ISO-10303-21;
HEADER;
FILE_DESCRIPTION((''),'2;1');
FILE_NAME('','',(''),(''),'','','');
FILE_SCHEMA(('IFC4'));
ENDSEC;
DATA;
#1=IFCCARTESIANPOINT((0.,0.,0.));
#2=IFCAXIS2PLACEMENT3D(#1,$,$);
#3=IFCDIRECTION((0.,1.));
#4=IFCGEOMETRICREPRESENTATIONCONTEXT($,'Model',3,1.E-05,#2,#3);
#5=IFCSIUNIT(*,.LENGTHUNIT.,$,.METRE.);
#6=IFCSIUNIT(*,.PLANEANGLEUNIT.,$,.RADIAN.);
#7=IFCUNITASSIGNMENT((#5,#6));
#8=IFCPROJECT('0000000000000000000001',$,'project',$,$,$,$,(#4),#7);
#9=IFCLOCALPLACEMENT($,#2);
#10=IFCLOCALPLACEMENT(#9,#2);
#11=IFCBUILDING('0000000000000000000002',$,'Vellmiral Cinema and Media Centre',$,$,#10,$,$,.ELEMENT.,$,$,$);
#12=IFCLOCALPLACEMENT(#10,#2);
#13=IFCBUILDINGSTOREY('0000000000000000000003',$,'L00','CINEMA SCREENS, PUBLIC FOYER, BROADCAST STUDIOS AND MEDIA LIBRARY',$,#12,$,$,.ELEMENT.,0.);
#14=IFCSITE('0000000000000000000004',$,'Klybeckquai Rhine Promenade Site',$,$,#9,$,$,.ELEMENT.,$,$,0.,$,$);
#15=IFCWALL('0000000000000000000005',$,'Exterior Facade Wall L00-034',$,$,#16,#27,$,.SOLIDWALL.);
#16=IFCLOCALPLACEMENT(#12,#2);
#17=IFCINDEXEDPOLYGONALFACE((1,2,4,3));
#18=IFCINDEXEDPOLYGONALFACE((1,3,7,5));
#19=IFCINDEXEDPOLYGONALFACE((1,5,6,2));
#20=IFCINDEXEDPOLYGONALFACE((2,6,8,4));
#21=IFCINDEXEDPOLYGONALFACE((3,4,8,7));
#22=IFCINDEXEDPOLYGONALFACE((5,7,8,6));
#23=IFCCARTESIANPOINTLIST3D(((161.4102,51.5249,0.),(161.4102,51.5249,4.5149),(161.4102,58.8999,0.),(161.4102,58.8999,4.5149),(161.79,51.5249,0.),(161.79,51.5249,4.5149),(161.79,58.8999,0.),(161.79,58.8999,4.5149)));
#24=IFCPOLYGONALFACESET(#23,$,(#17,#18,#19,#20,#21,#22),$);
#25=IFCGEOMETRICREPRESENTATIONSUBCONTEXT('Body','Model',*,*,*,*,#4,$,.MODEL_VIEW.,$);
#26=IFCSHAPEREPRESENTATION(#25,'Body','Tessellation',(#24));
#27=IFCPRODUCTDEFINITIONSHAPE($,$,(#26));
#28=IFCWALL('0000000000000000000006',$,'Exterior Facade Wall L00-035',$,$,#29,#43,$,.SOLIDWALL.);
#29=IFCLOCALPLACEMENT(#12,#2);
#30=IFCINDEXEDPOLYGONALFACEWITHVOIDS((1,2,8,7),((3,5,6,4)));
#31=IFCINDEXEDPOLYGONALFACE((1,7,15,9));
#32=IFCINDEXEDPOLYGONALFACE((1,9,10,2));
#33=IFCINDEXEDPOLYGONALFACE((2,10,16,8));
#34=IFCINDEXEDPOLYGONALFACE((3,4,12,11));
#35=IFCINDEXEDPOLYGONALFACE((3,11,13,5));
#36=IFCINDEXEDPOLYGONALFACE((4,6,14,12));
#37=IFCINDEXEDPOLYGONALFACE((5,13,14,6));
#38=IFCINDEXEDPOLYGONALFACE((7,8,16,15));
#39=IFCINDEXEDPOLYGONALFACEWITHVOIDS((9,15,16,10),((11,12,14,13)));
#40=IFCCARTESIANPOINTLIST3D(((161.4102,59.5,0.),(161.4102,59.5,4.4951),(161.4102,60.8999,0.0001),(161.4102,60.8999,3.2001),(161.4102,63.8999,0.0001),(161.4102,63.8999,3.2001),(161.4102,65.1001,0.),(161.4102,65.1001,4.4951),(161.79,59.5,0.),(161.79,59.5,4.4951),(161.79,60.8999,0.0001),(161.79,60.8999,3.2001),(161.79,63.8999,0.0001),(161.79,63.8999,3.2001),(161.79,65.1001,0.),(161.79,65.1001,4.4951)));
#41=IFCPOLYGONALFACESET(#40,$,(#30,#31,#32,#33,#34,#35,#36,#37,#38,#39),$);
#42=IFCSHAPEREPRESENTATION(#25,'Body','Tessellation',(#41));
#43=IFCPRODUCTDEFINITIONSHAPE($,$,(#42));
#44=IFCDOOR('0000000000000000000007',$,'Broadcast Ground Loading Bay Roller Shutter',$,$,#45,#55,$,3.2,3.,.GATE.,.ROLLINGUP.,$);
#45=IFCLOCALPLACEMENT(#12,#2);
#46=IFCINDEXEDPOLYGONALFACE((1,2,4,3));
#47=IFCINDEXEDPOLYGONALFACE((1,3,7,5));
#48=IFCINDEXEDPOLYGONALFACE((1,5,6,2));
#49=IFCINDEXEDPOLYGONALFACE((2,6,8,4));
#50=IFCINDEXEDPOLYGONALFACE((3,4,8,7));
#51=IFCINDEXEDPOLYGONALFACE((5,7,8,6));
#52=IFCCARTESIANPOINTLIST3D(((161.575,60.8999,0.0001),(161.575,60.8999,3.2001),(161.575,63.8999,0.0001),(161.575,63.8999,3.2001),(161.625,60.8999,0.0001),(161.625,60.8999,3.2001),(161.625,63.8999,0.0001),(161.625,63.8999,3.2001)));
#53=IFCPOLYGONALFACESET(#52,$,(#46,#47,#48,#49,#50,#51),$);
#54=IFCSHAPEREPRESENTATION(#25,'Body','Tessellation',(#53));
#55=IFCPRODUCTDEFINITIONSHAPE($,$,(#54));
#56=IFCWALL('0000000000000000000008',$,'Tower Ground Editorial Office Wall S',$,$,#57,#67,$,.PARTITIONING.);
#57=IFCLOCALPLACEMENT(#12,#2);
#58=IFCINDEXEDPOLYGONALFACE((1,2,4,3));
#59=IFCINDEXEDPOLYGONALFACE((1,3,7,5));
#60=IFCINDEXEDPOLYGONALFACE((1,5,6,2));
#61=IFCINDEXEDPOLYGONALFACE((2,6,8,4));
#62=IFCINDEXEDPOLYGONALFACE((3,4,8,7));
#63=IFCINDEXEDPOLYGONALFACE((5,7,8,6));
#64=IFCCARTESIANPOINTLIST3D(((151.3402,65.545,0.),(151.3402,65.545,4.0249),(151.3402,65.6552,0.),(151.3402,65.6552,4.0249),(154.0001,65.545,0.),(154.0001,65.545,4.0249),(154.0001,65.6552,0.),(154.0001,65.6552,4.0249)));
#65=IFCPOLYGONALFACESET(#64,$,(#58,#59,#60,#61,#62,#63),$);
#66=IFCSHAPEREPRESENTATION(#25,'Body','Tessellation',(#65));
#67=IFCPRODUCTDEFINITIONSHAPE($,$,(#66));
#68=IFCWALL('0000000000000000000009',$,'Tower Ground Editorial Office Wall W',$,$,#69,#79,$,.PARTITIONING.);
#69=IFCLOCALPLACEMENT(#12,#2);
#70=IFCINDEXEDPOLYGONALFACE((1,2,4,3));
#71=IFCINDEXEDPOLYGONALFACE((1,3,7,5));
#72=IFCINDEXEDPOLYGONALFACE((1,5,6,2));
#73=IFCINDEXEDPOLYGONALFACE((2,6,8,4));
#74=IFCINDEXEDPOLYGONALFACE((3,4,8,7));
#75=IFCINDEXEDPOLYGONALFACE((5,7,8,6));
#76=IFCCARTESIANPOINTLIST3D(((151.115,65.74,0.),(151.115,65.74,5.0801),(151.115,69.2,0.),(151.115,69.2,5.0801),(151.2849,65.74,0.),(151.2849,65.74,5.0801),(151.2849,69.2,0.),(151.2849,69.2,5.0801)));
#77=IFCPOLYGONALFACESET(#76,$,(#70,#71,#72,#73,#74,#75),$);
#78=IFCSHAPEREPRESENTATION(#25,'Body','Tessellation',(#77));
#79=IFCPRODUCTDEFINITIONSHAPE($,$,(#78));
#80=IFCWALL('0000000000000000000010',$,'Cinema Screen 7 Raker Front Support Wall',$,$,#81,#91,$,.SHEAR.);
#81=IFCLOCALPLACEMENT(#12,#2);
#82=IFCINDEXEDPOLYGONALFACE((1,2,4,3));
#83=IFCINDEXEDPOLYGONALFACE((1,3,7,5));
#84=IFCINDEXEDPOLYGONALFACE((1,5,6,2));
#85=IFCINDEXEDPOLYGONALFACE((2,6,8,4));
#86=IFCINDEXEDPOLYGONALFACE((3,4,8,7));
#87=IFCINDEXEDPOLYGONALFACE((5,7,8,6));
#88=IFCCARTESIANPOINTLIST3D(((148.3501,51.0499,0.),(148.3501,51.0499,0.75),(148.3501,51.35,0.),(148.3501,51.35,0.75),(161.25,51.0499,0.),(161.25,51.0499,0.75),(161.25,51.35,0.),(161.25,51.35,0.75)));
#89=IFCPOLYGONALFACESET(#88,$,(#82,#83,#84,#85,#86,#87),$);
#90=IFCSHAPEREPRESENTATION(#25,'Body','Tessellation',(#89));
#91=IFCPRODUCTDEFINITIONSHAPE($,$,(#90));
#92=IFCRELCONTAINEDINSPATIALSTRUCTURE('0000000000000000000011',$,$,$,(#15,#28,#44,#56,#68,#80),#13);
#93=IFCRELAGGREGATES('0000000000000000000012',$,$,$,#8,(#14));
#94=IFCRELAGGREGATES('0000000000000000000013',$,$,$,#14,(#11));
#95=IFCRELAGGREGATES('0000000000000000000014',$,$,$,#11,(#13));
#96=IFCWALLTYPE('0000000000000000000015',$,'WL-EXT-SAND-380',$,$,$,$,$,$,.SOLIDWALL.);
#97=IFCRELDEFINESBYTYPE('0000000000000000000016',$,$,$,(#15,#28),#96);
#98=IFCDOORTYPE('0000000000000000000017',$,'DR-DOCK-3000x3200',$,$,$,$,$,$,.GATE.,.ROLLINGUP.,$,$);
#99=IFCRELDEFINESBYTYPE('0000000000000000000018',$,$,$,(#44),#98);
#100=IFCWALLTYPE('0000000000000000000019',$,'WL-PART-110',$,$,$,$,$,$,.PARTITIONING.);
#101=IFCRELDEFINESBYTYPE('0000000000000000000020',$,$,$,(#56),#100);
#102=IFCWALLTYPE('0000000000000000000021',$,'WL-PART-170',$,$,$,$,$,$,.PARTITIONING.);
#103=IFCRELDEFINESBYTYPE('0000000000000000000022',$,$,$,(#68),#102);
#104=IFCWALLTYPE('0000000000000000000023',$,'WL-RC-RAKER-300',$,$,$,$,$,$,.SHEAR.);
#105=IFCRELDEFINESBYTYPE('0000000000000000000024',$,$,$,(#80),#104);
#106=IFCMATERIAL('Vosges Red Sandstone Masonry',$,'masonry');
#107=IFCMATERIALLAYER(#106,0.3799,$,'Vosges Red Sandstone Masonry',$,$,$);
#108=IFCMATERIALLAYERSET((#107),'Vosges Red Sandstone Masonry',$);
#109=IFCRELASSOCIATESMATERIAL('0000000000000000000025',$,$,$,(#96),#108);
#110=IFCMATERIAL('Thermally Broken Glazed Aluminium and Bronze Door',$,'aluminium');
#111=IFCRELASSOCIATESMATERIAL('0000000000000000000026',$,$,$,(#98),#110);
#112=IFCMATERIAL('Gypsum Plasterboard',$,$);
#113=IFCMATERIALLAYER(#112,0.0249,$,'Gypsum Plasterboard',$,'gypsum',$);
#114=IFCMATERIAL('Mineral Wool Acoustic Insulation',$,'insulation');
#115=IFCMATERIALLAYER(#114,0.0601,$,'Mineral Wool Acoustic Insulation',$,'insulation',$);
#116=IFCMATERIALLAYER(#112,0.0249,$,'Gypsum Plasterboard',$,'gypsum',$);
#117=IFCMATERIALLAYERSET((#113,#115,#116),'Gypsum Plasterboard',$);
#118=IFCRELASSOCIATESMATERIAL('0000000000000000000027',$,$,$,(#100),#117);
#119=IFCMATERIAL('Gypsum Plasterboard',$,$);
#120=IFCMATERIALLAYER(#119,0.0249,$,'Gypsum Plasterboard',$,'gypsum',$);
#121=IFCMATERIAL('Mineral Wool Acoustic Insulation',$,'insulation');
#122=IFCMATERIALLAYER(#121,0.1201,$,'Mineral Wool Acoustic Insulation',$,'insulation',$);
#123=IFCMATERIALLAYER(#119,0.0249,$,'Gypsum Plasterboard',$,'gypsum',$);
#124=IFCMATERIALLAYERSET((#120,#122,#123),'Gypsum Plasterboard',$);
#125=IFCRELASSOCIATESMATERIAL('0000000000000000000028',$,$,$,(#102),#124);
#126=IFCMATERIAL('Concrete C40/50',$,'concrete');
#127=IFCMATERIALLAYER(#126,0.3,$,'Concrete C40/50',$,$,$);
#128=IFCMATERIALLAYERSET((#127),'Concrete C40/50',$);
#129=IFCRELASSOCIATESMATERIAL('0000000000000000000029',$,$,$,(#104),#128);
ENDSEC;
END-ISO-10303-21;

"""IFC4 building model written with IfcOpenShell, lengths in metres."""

from ifc_helpers import new_model, si_unit, direction, frame, frame_2d, origin, place, context, subcontext, project, spatial, rectangle, extrude, material, layer, layer_set, type_object, element, fill, save


model = new_model("IFC4")

# Units and contexts
model_context = context("Model", 3, precision=1e-05, world=origin(), true_north=direction((0.0, 1.0)))
body_context = subcontext(model_context, "Body", "Model", "MODEL_VIEW")
ifc_project = project(units=[si_unit("LENGTHUNIT", "METRE"), si_unit("PLANEANGLEUNIT", "RADIAN")], contexts=[model_context])

# Site, building, storey
site_placement = place(None, origin())
site = spatial("IfcSite", under=ifc_project, at=site_placement, Name="Klybeckquai Rhine Promenade Site", CompositionType="ELEMENT", RefElevation=0.0)
building_placement = place(site_placement, origin())
building = spatial("IfcBuilding", under=site, at=building_placement, Name="Vellmiral Cinema and Media Centre", CompositionType="ELEMENT")
storey_placement = place(building_placement, origin())
storey = spatial("IfcBuildingStorey", under=building, at=storey_placement, Name="L00", Description="CINEMA SCREENS, PUBLIC FOYER, BROADCAST STUDIOS AND MEDIA LIBRARY", CompositionType="ELEMENT", Elevation=0.0)

# Wall
ifc_material_1 = material(Name="Vosges Red Sandstone Masonry", Category="masonry")
ifc_layer_1 = layer(ifc_material_1, 0.3799, Name="Vosges Red Sandstone Masonry")
ifc_layer_set_1 = layer_set([ifc_layer_1], Name="Vosges Red Sandstone Masonry")
wall_type_1 = type_object("IfcWallType", Name="WL-EXT-SAND-380", PredefinedType="SOLIDWALL", material=ifc_layer_set_1)
wall_1_placement = place(storey_placement, frame((161.6001, 51.5249, 0.0), z_axis=(0.0, 0.0, 1.0), x_axis=(0.0, 1.0, 0.0)))
element("IfcWall", 1, at=wall_1_placement, inside=storey, type_object=wall_type_1, Name="Exterior Facade Wall L00-034", PredefinedType="SOLIDWALL", context=body_context, shape_type="SweptSolid", body=[
    extrude(rectangle(XDim=7.375, YDim=0.3799, at=frame_2d((3.6875, 0.0))), origin(), (0.0, 0.0, 1.0), 4.5149),
])

# Wall, opening, door
wall_2_placement = place(storey_placement, frame((161.6001, 59.5, 0.0), z_axis=(0.0, 0.0, 1.0), x_axis=(0.0, 1.0, 0.0)))
wall_2 = element("IfcWall", 2, at=wall_2_placement, inside=storey, type_object=wall_type_1, Name="Exterior Facade Wall L00-035", PredefinedType="SOLIDWALL", context=body_context, shape_type="SweptSolid", body=[
    extrude(rectangle(XDim=5.6001, YDim=0.3799, at=frame_2d((2.8, 0.0))), origin(), (0.0, 0.0, 1.0), 4.4951),
])
opening_1_placement = place(wall_2_placement, frame((1.3999, 0.0, 0.0)))
opening_1 = element("IfcOpeningElement", 3, at=opening_1_placement, cuts=wall_2, PredefinedType="OPENING", context=body_context, shape_type="SweptSolid", body=[
    extrude(rectangle(XDim=3.0, YDim=3.2, at=frame_2d((1.5, 1.6001))), frame((0.0, 0.2019, 0.0), z_axis=(0.0, -1.0, 0.0), x_axis=(1.0, 0.0, 0.0)), (0.0, 0.0, 1.0), 0.4038),
])
ifc_material_2 = material(Name="Thermally Broken Glazed Aluminium and Bronze Door", Category="aluminium")
door_type_1 = type_object("IfcDoorType", Name="DR-DOCK-3000x3200", OperationType="ROLLINGUP", PredefinedType="GATE", material=ifc_material_2)
door_1_placement = place(opening_1_placement, frame((3.0, 0.0, 0.0), z_axis=(0.0, 0.0, 1.0), x_axis=(-1.0, 0.0, 0.0)))
door_1 = element("IfcDoor", 4, at=door_1_placement, inside=storey, type_object=door_type_1, Name="Broadcast Ground Loading Bay Roller Shutter", OperationType="ROLLINGUP", OverallHeight=3.2, OverallWidth=3.0, PredefinedType="GATE", context=body_context, shape_type="SweptSolid", body=[
    extrude(rectangle(XDim=3.0, YDim=3.2, at=frame_2d((1.5, 1.6001))), frame((0.0, 0.0249, 0.0), z_axis=(0.0, -1.0, 0.0), x_axis=(1.0, 0.0, 0.0)), (0.0, 0.0, 1.0), 0.05),
])
fill(opening_1, door_1)

# Walls
ifc_material_3 = material(Name="Gypsum Plasterboard")
ifc_layer_2 = layer(ifc_material_3, 0.0249, Name="Gypsum Plasterboard", Category="gypsum")
ifc_material_4 = material(Name="Mineral Wool Acoustic Insulation", Category="insulation")
ifc_layer_3 = layer(ifc_material_4, 0.0601, Name="Mineral Wool Acoustic Insulation", Category="insulation")
ifc_layer_4 = layer(ifc_material_3, 0.0249, Name="Gypsum Plasterboard", Category="gypsum")
ifc_layer_set_2 = layer_set([ifc_layer_2, ifc_layer_3, ifc_layer_4], Name="Gypsum Plasterboard")
wall_type_2 = type_object("IfcWallType", Name="WL-PART-110", PredefinedType="PARTITIONING", material=ifc_layer_set_2)
wall_3_placement = place(storey_placement, frame((151.3401, 65.6001, 0.0), z_axis=(0.0, 0.0, 1.0), x_axis=(1.0, 0.0, 0.0)))
element("IfcWall", 5, at=wall_3_placement, inside=storey, type_object=wall_type_2, Name="Tower Ground Editorial Office Wall S", PredefinedType="PARTITIONING", context=body_context, shape_type="SweptSolid", body=[
    extrude(rectangle(XDim=2.6599, YDim=0.1101, at=frame_2d((1.3301, 0.0))), origin(), (0.0, 0.0, 1.0), 4.0249),
])
ifc_material_5 = material(Name="Gypsum Plasterboard")
ifc_layer_5 = layer(ifc_material_5, 0.0249, Name="Gypsum Plasterboard", Category="gypsum")
ifc_material_6 = material(Name="Mineral Wool Acoustic Insulation", Category="insulation")
ifc_layer_6 = layer(ifc_material_6, 0.1201, Name="Mineral Wool Acoustic Insulation", Category="insulation")
ifc_layer_7 = layer(ifc_material_5, 0.0249, Name="Gypsum Plasterboard", Category="gypsum")
ifc_layer_set_3 = layer_set([ifc_layer_5, ifc_layer_6, ifc_layer_7], Name="Gypsum Plasterboard")
wall_type_3 = type_object("IfcWallType", Name="WL-PART-170", PredefinedType="PARTITIONING", material=ifc_layer_set_3)
wall_4_placement = place(storey_placement, frame((151.2, 65.74, 0.0), z_axis=(0.0, 0.0, 1.0), x_axis=(0.0, 1.0, 0.0)))
element("IfcWall", 6, at=wall_4_placement, inside=storey, type_object=wall_type_3, Name="Tower Ground Editorial Office Wall W", PredefinedType="PARTITIONING", context=body_context, shape_type="SweptSolid", body=[
    extrude(rectangle(XDim=3.46, YDim=0.1699, at=frame_2d((1.73, 0.0))), origin(), (0.0, 0.0, 1.0), 5.0801),
])
ifc_material_7 = material(Name="Concrete C40/50", Category="concrete")
ifc_layer_8 = layer(ifc_material_7, 0.3, Name="Concrete C40/50")
ifc_layer_set_4 = layer_set([ifc_layer_8], Name="Concrete C40/50")
wall_type_4 = type_object("IfcWallType", Name="WL-RC-RAKER-300", PredefinedType="SHEAR", material=ifc_layer_set_4)
wall_5_placement = place(storey_placement, frame((148.3501, 51.2, 0.0), z_axis=(0.0, 0.0, 1.0), x_axis=(1.0, 0.0, 0.0)))
element("IfcWall", 7, at=wall_5_placement, inside=storey, type_object=wall_type_4, Name="Cinema Screen 7 Raker Front Support Wall", PredefinedType="SHEAR", context=body_context, shape_type="SweptSolid", body=[
    extrude(rectangle(XDim=12.8999, YDim=0.3, at=frame_2d((6.45, 0.0))), origin(), (0.0, 0.0, 1.0), 0.75),
])

save(model, "model.ifc")
